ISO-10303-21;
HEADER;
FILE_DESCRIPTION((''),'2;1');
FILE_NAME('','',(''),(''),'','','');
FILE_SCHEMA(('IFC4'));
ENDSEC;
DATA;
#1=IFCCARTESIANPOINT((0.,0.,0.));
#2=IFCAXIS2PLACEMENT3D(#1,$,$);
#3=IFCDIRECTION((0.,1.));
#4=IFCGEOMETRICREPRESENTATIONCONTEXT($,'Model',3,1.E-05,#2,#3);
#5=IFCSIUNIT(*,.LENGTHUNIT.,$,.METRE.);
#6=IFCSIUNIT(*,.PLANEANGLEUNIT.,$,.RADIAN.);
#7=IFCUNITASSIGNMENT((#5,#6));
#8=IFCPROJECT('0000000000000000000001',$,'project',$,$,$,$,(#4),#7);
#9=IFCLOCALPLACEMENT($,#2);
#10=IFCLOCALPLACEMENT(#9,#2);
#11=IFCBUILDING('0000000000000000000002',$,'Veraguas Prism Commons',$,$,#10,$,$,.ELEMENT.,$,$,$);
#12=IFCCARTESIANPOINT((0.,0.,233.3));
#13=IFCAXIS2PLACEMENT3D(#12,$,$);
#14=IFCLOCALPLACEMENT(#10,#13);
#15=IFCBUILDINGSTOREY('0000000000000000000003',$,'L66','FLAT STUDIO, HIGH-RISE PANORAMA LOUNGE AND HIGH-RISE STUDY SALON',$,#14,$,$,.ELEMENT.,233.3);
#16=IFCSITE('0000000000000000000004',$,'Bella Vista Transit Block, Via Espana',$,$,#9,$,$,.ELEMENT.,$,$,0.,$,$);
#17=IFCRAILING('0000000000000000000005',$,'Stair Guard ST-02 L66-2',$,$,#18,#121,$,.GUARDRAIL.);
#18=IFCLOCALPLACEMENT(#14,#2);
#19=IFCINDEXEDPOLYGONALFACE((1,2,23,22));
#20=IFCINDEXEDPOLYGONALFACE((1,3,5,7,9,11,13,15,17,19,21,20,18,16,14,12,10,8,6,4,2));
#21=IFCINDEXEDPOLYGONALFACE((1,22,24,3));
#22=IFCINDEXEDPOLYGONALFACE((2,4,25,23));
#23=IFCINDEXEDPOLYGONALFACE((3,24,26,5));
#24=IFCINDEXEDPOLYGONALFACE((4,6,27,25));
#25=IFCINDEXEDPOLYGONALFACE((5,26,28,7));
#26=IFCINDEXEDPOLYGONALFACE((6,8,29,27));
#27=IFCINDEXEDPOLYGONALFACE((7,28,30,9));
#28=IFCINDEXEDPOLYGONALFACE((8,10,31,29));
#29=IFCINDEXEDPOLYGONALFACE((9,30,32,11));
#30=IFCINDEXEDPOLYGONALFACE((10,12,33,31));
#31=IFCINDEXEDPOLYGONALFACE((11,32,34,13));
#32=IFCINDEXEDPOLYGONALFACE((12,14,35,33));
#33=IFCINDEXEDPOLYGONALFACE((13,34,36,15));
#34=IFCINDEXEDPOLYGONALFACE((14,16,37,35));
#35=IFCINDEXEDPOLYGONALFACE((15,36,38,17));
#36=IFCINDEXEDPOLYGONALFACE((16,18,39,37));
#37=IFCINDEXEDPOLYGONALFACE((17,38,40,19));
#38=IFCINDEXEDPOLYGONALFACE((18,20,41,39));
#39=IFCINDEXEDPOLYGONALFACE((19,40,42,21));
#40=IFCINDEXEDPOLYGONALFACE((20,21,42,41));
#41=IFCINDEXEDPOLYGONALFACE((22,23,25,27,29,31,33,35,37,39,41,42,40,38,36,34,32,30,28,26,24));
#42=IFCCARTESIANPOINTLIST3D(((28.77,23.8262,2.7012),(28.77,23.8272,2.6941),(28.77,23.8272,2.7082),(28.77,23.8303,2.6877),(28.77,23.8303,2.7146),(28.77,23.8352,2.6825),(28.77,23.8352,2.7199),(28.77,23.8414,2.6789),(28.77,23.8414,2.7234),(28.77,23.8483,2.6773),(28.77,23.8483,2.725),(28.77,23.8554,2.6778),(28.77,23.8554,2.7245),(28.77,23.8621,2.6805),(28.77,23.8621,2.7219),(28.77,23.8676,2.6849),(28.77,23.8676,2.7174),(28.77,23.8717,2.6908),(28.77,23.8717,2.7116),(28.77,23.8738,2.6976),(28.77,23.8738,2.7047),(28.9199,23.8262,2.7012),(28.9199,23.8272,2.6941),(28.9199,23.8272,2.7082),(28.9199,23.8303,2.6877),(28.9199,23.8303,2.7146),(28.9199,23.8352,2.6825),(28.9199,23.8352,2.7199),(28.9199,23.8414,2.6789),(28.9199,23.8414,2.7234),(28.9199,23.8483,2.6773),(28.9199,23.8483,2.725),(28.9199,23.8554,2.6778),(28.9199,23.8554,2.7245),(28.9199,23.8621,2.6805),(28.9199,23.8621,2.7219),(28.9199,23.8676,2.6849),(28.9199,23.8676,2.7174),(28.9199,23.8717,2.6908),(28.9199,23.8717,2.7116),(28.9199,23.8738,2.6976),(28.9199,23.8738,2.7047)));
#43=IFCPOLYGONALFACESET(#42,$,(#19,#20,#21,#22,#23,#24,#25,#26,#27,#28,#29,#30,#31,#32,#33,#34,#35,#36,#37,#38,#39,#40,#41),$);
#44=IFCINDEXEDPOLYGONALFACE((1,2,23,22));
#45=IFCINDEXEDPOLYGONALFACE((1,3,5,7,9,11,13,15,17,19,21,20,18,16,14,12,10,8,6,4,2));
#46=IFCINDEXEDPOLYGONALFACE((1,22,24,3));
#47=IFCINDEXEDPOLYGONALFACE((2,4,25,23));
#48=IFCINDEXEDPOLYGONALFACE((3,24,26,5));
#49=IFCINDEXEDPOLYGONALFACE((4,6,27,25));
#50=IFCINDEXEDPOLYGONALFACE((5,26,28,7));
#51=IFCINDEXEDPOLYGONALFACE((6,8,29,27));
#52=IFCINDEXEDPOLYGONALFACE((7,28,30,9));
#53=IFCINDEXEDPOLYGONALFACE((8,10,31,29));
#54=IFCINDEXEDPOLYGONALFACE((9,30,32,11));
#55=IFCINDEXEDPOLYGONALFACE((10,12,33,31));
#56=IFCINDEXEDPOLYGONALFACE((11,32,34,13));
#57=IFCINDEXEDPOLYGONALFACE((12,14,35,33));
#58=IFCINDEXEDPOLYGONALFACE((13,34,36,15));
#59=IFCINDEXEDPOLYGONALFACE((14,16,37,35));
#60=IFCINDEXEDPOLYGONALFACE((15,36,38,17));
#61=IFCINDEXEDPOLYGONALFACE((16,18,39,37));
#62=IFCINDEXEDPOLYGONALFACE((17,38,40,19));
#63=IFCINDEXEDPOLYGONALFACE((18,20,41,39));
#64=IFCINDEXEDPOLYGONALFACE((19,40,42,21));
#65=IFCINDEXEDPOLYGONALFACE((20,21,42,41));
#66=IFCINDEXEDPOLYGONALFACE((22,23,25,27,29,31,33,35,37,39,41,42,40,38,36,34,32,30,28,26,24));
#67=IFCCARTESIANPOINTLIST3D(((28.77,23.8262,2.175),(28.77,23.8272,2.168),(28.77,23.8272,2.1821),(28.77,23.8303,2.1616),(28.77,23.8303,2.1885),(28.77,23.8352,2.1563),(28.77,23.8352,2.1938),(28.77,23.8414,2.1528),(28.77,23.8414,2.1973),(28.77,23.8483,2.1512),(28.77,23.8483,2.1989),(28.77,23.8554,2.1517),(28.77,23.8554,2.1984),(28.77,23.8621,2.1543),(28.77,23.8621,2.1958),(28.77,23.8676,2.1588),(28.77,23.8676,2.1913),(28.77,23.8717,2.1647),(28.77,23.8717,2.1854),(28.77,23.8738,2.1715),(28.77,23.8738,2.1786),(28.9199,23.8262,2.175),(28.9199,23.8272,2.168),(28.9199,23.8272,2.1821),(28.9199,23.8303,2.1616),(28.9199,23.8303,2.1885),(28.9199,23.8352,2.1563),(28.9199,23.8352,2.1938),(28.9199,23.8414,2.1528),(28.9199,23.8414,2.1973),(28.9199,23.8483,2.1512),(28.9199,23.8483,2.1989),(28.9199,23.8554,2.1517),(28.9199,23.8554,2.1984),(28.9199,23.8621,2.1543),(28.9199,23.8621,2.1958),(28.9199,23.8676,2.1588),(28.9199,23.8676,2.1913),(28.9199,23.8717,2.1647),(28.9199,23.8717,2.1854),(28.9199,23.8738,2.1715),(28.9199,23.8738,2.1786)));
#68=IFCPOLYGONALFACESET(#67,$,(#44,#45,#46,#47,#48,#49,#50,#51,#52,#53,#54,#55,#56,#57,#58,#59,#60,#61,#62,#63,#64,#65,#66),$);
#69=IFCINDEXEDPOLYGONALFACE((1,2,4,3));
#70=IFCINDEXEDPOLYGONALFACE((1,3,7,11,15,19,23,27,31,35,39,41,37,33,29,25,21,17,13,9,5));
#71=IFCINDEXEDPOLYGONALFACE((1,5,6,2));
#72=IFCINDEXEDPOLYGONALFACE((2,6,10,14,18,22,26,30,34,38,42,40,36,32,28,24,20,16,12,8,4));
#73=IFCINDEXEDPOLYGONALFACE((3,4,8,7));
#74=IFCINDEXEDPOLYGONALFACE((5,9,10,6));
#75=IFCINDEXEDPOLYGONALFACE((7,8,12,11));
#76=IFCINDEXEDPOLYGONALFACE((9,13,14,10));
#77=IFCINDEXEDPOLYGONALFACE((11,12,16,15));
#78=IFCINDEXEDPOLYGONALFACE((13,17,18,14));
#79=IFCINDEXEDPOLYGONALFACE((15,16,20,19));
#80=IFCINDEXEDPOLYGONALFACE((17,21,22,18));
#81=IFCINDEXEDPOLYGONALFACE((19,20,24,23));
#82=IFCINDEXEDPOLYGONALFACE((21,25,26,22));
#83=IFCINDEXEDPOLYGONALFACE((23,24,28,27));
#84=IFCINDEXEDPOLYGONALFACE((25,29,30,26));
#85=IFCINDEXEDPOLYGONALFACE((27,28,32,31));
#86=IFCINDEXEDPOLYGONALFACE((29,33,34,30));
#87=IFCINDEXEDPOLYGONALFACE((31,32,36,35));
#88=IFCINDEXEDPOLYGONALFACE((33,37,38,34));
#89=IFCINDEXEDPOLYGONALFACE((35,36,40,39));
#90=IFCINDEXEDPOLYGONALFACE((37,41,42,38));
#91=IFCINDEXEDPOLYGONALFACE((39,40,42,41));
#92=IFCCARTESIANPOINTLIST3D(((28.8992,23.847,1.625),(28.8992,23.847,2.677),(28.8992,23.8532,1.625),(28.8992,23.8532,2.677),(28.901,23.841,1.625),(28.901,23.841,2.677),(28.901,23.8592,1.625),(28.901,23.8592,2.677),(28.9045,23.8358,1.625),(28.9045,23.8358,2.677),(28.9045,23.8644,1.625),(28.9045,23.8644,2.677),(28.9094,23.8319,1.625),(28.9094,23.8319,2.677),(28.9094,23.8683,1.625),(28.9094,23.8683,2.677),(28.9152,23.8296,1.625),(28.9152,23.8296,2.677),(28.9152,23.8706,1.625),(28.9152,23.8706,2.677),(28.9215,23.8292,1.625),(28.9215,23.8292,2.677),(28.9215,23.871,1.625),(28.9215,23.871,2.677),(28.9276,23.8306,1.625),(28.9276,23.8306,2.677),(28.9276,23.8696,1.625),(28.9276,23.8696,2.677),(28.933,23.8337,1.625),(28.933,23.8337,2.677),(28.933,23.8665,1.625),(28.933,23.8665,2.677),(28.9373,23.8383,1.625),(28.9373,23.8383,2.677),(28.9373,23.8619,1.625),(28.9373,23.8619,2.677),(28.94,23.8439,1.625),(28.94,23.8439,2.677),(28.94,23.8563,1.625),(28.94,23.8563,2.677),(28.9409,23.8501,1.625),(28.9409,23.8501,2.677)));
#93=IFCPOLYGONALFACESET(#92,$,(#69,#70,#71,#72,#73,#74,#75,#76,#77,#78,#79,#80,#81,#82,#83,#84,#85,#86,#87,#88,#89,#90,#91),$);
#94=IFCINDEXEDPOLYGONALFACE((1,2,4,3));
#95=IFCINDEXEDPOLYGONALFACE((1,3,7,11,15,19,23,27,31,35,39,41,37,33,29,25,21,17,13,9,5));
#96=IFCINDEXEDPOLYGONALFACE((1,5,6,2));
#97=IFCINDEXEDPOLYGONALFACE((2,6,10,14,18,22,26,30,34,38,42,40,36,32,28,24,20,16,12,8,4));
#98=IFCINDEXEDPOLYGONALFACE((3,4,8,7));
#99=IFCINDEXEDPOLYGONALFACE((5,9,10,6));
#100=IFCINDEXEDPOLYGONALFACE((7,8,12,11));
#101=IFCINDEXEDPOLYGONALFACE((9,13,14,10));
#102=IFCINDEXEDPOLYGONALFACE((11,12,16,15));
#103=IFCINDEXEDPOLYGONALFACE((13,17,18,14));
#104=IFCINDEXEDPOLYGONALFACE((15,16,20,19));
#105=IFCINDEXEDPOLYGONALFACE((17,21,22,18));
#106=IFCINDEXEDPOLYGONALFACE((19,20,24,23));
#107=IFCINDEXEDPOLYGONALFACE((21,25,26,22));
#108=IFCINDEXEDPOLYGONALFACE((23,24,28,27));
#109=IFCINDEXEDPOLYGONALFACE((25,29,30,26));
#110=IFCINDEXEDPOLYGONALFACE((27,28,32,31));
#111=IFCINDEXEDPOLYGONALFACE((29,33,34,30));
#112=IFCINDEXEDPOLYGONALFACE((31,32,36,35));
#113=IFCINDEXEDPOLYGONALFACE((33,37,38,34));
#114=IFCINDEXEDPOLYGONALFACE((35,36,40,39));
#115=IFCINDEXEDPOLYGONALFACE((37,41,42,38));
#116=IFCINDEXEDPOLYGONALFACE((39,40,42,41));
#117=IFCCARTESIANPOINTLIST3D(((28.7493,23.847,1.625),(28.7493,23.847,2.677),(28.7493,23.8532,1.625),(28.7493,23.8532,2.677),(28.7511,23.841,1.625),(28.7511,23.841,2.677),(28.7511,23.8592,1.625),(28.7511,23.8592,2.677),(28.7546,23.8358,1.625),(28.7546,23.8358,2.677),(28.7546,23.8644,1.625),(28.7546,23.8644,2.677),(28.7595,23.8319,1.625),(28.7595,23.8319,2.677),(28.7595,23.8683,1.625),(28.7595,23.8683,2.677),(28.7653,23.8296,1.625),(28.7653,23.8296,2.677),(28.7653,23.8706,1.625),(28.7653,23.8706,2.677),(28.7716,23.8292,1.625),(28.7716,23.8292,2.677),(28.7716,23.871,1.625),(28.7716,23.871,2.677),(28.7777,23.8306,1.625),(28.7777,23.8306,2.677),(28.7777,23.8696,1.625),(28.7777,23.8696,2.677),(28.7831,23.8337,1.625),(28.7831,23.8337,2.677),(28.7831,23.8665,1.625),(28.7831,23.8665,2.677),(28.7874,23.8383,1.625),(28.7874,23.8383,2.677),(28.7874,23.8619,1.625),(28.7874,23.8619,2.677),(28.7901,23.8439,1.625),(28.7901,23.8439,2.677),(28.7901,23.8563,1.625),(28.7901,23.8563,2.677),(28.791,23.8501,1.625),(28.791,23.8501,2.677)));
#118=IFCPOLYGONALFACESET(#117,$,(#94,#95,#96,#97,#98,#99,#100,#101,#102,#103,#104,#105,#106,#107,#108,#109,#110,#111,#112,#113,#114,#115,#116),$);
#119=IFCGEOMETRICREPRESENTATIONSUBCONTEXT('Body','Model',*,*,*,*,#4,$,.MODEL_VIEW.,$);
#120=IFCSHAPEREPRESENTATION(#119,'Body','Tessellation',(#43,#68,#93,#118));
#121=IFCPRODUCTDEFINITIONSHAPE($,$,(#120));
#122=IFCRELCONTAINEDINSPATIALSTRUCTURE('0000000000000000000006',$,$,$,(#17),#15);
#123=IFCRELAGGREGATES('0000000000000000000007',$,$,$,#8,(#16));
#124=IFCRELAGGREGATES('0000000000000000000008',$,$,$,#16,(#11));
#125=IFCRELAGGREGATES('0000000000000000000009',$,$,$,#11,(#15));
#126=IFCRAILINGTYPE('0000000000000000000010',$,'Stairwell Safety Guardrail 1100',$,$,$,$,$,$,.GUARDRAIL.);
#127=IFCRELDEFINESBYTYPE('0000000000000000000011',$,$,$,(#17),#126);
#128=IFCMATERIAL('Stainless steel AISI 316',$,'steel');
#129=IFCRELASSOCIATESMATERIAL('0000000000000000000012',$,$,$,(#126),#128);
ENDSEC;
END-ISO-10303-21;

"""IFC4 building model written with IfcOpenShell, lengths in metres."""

from ifc_helpers import new_model, si_unit, direction, frame, origin, origin_2d, place, context, subcontext, project, spatial, circle, extrude, material, type_object, element, save


model = new_model("IFC4")

# Units and contexts
model_context = context("Model", 3, precision=1e-05, world=origin(), true_north=direction((0.0, 1.0)))
body_context = subcontext(model_context, "Body", "Model", "MODEL_VIEW")
ifc_project = project(units=[si_unit("LENGTHUNIT", "METRE"), si_unit("PLANEANGLEUNIT", "RADIAN")], contexts=[model_context])

# Site, building, storey
site_placement = place(None, origin())
site = spatial("IfcSite", under=ifc_project, at=site_placement, Name="Bella Vista Transit Block, Via Espana", CompositionType="ELEMENT", RefElevation=0.0)
building_placement = place(site_placement, origin())
building = spatial("IfcBuilding", under=site, at=building_placement, Name="Veraguas Prism Commons", CompositionType="ELEMENT")
storey_placement = place(building_placement, frame((0.0, 0.0, 233.3)))
storey = spatial("IfcBuildingStorey", under=building, at=storey_placement, Name="L66", Description="FLAT STUDIO, HIGH-RISE PANORAMA LOUNGE AND HIGH-RISE STUDY SALON", CompositionType="ELEMENT", Elevation=233.3)

# Railing
ifc_material_1 = material(Name="Stainless steel AISI 316", Category="steel")
railing_type_1 = type_object("IfcRailingType", Name="Stairwell Safety Guardrail 1100", PredefinedType="GUARDRAIL", material=ifc_material_1)
railing_1_placement = place(storey_placement, frame((28.9199, 23.8501, 1.625)))
element("IfcRailing", 1, at=railing_1_placement, inside=storey, type_object=railing_type_1, Name="Stair Guard ST-02 L66-2", PredefinedType="GUARDRAIL", context=body_context, shape_type="SweptSolid", body=[
    extrude(circle(Radius=0.0239, at=origin_2d()), frame((0.0, 0.0, 1.0762), z_axis=(-1.0, 0.0, 0.0), x_axis=(0.0, -1.0, 0.0)), (0.0, 0.0, 1.0), 0.1499),
    extrude(circle(Radius=0.0239, at=origin_2d()), frame((0.0, 0.0, 0.55), z_axis=(-1.0, 0.0, 0.0), x_axis=(0.0, -1.0, 0.0)), (0.0, 0.0, 1.0), 0.1499),
    extrude(circle(Radius=0.021, at=origin_2d()), origin(), (0.0, 0.0, 1.0), 1.052),
    extrude(circle(Radius=0.021, at=origin_2d()), frame((-0.1499, 0.0, 0.0)), (0.0, 0.0, 1.0), 1.052),
])

save(model, "model.ifc")
